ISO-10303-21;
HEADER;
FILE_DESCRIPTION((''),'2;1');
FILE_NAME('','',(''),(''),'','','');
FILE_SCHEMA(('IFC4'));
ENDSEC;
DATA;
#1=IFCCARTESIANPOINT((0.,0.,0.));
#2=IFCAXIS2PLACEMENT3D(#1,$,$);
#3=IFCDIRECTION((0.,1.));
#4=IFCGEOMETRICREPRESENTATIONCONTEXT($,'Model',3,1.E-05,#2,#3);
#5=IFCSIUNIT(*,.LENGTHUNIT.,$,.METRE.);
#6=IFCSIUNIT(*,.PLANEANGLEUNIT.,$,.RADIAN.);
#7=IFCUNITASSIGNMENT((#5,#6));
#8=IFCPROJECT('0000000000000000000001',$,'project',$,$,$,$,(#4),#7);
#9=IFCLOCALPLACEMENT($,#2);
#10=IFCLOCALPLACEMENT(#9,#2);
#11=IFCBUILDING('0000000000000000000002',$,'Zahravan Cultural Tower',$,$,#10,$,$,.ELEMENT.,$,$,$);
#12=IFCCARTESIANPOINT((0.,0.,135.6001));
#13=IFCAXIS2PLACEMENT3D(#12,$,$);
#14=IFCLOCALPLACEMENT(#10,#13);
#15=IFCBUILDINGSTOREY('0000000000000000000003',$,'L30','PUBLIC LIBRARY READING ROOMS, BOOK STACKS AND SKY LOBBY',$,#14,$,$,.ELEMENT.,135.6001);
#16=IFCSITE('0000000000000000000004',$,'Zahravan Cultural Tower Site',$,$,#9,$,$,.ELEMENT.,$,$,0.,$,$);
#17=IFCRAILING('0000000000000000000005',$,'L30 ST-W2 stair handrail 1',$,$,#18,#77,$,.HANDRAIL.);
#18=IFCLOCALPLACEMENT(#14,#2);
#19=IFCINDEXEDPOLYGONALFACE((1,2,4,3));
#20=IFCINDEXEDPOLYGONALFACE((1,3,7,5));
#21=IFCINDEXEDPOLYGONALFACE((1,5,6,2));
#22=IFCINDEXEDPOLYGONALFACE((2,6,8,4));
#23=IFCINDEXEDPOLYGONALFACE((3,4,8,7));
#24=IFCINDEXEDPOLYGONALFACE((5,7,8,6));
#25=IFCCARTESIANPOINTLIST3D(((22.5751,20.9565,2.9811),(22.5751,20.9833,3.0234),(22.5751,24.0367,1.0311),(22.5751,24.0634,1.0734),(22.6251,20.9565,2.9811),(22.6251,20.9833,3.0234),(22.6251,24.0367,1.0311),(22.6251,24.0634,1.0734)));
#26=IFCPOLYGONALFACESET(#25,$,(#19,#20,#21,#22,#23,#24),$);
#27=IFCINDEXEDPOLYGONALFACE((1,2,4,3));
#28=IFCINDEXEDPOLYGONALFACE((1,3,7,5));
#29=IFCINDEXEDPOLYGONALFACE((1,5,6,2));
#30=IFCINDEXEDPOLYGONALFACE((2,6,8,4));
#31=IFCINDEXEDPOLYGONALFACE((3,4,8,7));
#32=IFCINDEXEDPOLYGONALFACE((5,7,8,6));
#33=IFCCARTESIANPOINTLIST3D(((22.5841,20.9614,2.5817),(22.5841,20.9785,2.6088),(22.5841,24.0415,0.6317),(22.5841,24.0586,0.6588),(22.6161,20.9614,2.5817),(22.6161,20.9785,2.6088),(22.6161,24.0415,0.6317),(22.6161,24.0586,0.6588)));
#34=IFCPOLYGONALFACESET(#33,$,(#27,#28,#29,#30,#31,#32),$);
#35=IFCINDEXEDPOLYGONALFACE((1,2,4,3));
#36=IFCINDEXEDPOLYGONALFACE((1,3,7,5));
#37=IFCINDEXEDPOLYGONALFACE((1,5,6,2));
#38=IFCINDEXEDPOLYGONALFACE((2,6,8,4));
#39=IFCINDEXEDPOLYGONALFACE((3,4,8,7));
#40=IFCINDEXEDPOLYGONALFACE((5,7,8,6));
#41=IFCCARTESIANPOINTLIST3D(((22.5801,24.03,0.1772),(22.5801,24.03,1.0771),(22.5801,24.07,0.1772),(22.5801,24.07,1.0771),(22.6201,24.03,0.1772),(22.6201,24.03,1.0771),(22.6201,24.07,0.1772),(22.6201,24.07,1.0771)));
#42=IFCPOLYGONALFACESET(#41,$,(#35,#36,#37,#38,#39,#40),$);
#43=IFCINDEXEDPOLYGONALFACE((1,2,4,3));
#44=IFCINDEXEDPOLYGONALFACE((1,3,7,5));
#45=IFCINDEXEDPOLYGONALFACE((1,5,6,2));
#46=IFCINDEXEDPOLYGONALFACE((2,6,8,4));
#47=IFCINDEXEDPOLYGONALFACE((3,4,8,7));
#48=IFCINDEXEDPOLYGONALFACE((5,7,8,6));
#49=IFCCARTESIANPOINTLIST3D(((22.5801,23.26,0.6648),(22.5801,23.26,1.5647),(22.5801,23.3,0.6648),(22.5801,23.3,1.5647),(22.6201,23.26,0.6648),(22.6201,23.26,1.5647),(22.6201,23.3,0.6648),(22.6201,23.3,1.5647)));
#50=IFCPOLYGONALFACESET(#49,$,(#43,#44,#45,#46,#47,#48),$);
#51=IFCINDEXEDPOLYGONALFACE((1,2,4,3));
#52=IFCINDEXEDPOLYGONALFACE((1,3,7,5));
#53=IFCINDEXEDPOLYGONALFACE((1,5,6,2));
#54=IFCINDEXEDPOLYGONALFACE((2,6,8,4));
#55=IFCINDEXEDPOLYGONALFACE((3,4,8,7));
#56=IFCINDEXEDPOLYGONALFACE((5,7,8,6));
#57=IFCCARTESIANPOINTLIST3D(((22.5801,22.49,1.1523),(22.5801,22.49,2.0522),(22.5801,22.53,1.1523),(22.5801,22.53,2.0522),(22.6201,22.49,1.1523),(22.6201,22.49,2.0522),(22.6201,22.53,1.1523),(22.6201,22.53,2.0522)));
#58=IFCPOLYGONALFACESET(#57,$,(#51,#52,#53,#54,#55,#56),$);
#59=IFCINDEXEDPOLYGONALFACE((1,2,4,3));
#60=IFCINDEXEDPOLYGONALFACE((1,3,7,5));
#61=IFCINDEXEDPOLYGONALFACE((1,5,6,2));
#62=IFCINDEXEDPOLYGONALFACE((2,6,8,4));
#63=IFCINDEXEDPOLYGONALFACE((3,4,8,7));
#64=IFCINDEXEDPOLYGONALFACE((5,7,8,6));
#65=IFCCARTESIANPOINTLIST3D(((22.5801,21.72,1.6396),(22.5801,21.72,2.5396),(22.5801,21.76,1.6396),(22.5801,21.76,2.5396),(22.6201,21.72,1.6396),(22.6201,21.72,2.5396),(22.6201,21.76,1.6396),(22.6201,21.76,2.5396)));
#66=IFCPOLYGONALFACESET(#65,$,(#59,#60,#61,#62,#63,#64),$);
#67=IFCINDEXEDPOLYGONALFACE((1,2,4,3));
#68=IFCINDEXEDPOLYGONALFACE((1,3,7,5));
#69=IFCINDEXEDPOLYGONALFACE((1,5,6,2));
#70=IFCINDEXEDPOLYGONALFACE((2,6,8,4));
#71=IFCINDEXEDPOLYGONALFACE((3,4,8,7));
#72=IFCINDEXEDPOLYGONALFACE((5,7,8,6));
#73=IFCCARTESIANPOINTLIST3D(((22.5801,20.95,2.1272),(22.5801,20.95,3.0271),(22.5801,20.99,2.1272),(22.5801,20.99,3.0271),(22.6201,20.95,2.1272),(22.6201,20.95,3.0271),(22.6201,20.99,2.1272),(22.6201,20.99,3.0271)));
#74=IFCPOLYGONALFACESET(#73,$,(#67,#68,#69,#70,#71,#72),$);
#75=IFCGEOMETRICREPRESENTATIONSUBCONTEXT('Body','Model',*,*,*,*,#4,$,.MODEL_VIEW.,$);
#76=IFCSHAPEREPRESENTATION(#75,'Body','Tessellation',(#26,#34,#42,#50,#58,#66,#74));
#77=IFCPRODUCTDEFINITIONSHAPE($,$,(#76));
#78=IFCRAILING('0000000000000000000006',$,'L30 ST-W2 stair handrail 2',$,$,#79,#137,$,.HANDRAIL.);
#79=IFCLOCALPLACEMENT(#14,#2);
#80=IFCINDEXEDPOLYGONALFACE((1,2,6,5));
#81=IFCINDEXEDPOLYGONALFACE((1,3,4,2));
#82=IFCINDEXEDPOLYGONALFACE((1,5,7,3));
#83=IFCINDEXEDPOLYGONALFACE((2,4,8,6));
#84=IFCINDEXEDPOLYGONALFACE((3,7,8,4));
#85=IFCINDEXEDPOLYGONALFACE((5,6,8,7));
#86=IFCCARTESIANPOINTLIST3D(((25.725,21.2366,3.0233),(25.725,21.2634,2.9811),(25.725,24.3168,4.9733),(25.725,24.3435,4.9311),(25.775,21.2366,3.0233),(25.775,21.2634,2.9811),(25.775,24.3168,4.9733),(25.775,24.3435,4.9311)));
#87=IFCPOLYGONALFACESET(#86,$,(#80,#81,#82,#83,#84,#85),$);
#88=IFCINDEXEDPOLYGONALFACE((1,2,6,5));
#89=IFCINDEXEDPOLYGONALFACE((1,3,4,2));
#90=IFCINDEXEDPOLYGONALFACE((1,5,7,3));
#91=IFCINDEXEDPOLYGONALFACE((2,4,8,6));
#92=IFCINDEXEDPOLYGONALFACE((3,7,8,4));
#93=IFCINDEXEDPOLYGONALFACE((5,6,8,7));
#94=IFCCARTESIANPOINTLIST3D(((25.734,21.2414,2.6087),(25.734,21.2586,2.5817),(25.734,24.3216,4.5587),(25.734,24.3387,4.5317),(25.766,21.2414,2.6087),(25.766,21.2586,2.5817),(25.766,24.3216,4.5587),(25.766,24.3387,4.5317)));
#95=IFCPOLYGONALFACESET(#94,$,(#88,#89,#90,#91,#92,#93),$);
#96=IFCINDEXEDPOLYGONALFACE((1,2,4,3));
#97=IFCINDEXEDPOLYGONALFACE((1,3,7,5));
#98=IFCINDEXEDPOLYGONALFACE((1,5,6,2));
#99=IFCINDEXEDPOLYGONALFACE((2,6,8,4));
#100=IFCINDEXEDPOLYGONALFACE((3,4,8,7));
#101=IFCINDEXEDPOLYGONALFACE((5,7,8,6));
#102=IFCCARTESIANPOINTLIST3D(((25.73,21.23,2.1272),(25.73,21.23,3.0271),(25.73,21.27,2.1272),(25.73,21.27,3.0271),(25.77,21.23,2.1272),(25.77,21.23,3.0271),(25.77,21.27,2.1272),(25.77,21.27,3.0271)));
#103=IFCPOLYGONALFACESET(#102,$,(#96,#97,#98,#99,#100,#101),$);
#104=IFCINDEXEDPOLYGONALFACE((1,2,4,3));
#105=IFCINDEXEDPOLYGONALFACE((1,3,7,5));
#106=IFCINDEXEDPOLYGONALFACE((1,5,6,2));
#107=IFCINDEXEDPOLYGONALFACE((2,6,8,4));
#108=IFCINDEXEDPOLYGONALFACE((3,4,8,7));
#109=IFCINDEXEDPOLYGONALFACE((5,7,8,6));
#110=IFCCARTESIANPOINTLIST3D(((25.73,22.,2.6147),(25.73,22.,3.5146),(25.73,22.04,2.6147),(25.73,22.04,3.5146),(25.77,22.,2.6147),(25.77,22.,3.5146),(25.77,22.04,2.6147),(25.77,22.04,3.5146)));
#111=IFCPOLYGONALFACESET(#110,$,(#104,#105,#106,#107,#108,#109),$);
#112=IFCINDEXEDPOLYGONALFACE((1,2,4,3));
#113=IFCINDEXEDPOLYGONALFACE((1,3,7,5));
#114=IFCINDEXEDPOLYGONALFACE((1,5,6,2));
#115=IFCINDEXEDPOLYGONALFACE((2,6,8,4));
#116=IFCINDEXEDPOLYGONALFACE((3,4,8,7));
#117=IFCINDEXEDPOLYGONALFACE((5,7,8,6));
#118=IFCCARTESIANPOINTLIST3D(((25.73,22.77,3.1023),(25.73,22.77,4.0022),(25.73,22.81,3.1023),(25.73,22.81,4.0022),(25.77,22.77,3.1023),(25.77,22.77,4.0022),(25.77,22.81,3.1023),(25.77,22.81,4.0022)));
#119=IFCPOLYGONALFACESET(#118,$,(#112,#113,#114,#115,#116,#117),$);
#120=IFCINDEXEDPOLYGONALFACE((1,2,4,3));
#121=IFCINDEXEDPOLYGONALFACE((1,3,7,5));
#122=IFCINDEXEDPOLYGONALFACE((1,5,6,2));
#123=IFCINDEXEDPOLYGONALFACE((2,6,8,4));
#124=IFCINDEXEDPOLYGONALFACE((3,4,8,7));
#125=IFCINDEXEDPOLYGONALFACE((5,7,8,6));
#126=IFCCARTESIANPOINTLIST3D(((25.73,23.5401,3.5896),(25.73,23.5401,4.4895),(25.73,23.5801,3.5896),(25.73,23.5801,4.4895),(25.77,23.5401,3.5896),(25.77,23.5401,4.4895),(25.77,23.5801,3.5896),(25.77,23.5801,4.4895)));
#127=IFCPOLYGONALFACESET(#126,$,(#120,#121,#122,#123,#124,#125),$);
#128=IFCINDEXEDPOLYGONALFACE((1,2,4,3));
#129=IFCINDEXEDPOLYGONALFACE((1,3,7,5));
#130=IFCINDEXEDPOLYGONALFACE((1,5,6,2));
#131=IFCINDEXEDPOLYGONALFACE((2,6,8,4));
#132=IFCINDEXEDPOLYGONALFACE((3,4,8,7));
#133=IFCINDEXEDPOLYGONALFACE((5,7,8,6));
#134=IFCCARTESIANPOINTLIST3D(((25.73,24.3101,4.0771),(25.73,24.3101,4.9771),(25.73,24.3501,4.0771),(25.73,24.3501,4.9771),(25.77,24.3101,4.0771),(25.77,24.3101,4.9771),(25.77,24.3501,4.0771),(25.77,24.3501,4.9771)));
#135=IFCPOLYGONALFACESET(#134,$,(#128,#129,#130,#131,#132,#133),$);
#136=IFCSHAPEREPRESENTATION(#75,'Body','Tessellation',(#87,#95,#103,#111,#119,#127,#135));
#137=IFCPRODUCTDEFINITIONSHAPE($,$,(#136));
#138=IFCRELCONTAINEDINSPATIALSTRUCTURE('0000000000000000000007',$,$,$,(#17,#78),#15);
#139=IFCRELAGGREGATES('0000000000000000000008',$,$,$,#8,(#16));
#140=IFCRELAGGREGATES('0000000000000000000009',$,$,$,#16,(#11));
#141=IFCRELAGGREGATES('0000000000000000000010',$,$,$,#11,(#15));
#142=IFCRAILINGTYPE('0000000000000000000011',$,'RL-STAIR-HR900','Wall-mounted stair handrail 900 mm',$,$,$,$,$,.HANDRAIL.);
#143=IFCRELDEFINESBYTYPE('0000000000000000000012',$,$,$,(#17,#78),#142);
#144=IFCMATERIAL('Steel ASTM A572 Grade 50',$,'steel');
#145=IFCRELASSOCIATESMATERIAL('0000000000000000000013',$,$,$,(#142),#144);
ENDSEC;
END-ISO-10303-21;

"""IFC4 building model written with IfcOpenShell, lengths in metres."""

from ifc_helpers import new_model, si_unit, direction, frame, origin, origin_2d, place, context, subcontext, project, spatial, rectangle, extrude, material, type_object, element, save


model = new_model("IFC4")

# Units and contexts
model_context = context("Model", 3, precision=1e-05, world=origin(), true_north=direction((0.0, 1.0)))
body_context = subcontext(model_context, "Body", "Model", "MODEL_VIEW")
ifc_project = project(units=[si_unit("LENGTHUNIT", "METRE"), si_unit("PLANEANGLEUNIT", "RADIAN")], contexts=[model_context])

# Site, building, storey
site_placement = place(None, origin())
site = spatial("IfcSite", under=ifc_project, at=site_placement, Name="Zahravan Cultural Tower Site", CompositionType="ELEMENT", RefElevation=0.0)
building_placement = place(site_placement, origin())
building = spatial("IfcBuilding", under=site, at=building_placement, Name="Zahravan Cultural Tower", CompositionType="ELEMENT")
storey_placement = place(building_placement, frame((0.0, 0.0, 135.6001)))
storey = spatial("IfcBuildingStorey", under=building, at=storey_placement, Name="L30", Description="PUBLIC LIBRARY READING ROOMS, BOOK STACKS AND SKY LOBBY", CompositionType="ELEMENT", Elevation=135.6001)

# Shared definitions
ifc_material_1 = material(Name="Steel ASTM A572 Grade 50", Category="steel")

# Railings
railing_type_1 = type_object("IfcRailingType", Name="RL-STAIR-HR900", Description="Wall-mounted stair handrail 900 mm", PredefinedType="HANDRAIL", material=ifc_material_1)
railing_1_placement = place(storey_placement, frame((22.6001, 24.05, 0.1772)))
element("IfcRailing", 1, at=railing_1_placement, inside=storey, type_object=railing_type_1, Name="L30 ST-W2 stair handrail 1", PredefinedType="HANDRAIL", context=body_context, shape_type="SweptSolid", body=[
    extrude(rectangle(XDim=0.05, YDim=0.05, at=origin_2d()), frame((0.0, 0.0, 0.875), z_axis=(0.0, -0.844914, 0.534902), x_axis=(1.0, 0.0, 0.0)), (0.0, 0.0, 1.0), 3.6455),
    extrude(rectangle(XDim=0.032, YDim=0.032, at=origin_2d()), frame((0.0, 0.0, 0.468), z_axis=(0.0, -0.844914, 0.534902), x_axis=(1.0, 0.0, 0.0)), (0.0, 0.0, 1.0), 3.6455),
    extrude(rectangle(XDim=0.04, YDim=0.04, at=origin_2d()), origin(), (0.0, 0.0, 1.0), 0.8999),
    extrude(rectangle(XDim=0.04, YDim=0.04, at=origin_2d()), frame((0.0, -0.77, 0.4875)), (0.0, 0.0, 1.0), 0.8999),
    extrude(rectangle(XDim=0.04, YDim=0.04, at=origin_2d()), frame((0.0, -1.54, 0.9751)), (0.0, 0.0, 1.0), 0.8999),
    extrude(rectangle(XDim=0.04, YDim=0.04, at=origin_2d()), frame((0.0, -2.3101, 1.4624)), (0.0, 0.0, 1.0), 0.8999),
    extrude(rectangle(XDim=0.04, YDim=0.04, at=origin_2d()), frame((0.0, -3.0801, 1.95)), (0.0, 0.0, 1.0), 0.8999),
])
railing_2_placement = place(storey_placement, frame((25.75, 21.25, 2.1272)))
element("IfcRailing", 2, at=railing_2_placement, inside=storey, type_object=railing_type_1, Name="L30 ST-W2 stair handrail 2", PredefinedType="HANDRAIL", context=body_context, shape_type="SweptSolid", body=[
    extrude(rectangle(XDim=0.05, YDim=0.05, at=origin_2d()), frame((0.0, 0.0, 0.875), z_axis=(0.0, 0.844914, 0.534902), x_axis=(-1.0, 0.0, 0.0)), (0.0, 0.0, 1.0), 3.6455),
    extrude(rectangle(XDim=0.032, YDim=0.032, at=origin_2d()), frame((0.0, 0.0, 0.468), z_axis=(0.0, 0.844914, 0.534902), x_axis=(-1.0, 0.0, 0.0)), (0.0, 0.0, 1.0), 3.6455),
    extrude(rectangle(XDim=0.04, YDim=0.04, at=origin_2d()), origin(), (0.0, 0.0, 1.0), 0.8999),
    extrude(rectangle(XDim=0.04, YDim=0.04, at=origin_2d()), frame((0.0, 0.77, 0.4875)), (0.0, 0.0, 1.0), 0.8999),
    extrude(rectangle(XDim=0.04, YDim=0.04, at=origin_2d()), frame((0.0, 1.54, 0.9751)), (0.0, 0.0, 1.0), 0.8999),
    extrude(rectangle(XDim=0.04, YDim=0.04, at=origin_2d()), frame((0.0, 2.3101, 1.4624)), (0.0, 0.0, 1.0), 0.8999),
    extrude(rectangle(XDim=0.04, YDim=0.04, at=origin_2d()), frame((0.0, 3.0801, 1.95)), (0.0, 0.0, 1.0), 0.8999),
])

save(model, "model.ifc")
